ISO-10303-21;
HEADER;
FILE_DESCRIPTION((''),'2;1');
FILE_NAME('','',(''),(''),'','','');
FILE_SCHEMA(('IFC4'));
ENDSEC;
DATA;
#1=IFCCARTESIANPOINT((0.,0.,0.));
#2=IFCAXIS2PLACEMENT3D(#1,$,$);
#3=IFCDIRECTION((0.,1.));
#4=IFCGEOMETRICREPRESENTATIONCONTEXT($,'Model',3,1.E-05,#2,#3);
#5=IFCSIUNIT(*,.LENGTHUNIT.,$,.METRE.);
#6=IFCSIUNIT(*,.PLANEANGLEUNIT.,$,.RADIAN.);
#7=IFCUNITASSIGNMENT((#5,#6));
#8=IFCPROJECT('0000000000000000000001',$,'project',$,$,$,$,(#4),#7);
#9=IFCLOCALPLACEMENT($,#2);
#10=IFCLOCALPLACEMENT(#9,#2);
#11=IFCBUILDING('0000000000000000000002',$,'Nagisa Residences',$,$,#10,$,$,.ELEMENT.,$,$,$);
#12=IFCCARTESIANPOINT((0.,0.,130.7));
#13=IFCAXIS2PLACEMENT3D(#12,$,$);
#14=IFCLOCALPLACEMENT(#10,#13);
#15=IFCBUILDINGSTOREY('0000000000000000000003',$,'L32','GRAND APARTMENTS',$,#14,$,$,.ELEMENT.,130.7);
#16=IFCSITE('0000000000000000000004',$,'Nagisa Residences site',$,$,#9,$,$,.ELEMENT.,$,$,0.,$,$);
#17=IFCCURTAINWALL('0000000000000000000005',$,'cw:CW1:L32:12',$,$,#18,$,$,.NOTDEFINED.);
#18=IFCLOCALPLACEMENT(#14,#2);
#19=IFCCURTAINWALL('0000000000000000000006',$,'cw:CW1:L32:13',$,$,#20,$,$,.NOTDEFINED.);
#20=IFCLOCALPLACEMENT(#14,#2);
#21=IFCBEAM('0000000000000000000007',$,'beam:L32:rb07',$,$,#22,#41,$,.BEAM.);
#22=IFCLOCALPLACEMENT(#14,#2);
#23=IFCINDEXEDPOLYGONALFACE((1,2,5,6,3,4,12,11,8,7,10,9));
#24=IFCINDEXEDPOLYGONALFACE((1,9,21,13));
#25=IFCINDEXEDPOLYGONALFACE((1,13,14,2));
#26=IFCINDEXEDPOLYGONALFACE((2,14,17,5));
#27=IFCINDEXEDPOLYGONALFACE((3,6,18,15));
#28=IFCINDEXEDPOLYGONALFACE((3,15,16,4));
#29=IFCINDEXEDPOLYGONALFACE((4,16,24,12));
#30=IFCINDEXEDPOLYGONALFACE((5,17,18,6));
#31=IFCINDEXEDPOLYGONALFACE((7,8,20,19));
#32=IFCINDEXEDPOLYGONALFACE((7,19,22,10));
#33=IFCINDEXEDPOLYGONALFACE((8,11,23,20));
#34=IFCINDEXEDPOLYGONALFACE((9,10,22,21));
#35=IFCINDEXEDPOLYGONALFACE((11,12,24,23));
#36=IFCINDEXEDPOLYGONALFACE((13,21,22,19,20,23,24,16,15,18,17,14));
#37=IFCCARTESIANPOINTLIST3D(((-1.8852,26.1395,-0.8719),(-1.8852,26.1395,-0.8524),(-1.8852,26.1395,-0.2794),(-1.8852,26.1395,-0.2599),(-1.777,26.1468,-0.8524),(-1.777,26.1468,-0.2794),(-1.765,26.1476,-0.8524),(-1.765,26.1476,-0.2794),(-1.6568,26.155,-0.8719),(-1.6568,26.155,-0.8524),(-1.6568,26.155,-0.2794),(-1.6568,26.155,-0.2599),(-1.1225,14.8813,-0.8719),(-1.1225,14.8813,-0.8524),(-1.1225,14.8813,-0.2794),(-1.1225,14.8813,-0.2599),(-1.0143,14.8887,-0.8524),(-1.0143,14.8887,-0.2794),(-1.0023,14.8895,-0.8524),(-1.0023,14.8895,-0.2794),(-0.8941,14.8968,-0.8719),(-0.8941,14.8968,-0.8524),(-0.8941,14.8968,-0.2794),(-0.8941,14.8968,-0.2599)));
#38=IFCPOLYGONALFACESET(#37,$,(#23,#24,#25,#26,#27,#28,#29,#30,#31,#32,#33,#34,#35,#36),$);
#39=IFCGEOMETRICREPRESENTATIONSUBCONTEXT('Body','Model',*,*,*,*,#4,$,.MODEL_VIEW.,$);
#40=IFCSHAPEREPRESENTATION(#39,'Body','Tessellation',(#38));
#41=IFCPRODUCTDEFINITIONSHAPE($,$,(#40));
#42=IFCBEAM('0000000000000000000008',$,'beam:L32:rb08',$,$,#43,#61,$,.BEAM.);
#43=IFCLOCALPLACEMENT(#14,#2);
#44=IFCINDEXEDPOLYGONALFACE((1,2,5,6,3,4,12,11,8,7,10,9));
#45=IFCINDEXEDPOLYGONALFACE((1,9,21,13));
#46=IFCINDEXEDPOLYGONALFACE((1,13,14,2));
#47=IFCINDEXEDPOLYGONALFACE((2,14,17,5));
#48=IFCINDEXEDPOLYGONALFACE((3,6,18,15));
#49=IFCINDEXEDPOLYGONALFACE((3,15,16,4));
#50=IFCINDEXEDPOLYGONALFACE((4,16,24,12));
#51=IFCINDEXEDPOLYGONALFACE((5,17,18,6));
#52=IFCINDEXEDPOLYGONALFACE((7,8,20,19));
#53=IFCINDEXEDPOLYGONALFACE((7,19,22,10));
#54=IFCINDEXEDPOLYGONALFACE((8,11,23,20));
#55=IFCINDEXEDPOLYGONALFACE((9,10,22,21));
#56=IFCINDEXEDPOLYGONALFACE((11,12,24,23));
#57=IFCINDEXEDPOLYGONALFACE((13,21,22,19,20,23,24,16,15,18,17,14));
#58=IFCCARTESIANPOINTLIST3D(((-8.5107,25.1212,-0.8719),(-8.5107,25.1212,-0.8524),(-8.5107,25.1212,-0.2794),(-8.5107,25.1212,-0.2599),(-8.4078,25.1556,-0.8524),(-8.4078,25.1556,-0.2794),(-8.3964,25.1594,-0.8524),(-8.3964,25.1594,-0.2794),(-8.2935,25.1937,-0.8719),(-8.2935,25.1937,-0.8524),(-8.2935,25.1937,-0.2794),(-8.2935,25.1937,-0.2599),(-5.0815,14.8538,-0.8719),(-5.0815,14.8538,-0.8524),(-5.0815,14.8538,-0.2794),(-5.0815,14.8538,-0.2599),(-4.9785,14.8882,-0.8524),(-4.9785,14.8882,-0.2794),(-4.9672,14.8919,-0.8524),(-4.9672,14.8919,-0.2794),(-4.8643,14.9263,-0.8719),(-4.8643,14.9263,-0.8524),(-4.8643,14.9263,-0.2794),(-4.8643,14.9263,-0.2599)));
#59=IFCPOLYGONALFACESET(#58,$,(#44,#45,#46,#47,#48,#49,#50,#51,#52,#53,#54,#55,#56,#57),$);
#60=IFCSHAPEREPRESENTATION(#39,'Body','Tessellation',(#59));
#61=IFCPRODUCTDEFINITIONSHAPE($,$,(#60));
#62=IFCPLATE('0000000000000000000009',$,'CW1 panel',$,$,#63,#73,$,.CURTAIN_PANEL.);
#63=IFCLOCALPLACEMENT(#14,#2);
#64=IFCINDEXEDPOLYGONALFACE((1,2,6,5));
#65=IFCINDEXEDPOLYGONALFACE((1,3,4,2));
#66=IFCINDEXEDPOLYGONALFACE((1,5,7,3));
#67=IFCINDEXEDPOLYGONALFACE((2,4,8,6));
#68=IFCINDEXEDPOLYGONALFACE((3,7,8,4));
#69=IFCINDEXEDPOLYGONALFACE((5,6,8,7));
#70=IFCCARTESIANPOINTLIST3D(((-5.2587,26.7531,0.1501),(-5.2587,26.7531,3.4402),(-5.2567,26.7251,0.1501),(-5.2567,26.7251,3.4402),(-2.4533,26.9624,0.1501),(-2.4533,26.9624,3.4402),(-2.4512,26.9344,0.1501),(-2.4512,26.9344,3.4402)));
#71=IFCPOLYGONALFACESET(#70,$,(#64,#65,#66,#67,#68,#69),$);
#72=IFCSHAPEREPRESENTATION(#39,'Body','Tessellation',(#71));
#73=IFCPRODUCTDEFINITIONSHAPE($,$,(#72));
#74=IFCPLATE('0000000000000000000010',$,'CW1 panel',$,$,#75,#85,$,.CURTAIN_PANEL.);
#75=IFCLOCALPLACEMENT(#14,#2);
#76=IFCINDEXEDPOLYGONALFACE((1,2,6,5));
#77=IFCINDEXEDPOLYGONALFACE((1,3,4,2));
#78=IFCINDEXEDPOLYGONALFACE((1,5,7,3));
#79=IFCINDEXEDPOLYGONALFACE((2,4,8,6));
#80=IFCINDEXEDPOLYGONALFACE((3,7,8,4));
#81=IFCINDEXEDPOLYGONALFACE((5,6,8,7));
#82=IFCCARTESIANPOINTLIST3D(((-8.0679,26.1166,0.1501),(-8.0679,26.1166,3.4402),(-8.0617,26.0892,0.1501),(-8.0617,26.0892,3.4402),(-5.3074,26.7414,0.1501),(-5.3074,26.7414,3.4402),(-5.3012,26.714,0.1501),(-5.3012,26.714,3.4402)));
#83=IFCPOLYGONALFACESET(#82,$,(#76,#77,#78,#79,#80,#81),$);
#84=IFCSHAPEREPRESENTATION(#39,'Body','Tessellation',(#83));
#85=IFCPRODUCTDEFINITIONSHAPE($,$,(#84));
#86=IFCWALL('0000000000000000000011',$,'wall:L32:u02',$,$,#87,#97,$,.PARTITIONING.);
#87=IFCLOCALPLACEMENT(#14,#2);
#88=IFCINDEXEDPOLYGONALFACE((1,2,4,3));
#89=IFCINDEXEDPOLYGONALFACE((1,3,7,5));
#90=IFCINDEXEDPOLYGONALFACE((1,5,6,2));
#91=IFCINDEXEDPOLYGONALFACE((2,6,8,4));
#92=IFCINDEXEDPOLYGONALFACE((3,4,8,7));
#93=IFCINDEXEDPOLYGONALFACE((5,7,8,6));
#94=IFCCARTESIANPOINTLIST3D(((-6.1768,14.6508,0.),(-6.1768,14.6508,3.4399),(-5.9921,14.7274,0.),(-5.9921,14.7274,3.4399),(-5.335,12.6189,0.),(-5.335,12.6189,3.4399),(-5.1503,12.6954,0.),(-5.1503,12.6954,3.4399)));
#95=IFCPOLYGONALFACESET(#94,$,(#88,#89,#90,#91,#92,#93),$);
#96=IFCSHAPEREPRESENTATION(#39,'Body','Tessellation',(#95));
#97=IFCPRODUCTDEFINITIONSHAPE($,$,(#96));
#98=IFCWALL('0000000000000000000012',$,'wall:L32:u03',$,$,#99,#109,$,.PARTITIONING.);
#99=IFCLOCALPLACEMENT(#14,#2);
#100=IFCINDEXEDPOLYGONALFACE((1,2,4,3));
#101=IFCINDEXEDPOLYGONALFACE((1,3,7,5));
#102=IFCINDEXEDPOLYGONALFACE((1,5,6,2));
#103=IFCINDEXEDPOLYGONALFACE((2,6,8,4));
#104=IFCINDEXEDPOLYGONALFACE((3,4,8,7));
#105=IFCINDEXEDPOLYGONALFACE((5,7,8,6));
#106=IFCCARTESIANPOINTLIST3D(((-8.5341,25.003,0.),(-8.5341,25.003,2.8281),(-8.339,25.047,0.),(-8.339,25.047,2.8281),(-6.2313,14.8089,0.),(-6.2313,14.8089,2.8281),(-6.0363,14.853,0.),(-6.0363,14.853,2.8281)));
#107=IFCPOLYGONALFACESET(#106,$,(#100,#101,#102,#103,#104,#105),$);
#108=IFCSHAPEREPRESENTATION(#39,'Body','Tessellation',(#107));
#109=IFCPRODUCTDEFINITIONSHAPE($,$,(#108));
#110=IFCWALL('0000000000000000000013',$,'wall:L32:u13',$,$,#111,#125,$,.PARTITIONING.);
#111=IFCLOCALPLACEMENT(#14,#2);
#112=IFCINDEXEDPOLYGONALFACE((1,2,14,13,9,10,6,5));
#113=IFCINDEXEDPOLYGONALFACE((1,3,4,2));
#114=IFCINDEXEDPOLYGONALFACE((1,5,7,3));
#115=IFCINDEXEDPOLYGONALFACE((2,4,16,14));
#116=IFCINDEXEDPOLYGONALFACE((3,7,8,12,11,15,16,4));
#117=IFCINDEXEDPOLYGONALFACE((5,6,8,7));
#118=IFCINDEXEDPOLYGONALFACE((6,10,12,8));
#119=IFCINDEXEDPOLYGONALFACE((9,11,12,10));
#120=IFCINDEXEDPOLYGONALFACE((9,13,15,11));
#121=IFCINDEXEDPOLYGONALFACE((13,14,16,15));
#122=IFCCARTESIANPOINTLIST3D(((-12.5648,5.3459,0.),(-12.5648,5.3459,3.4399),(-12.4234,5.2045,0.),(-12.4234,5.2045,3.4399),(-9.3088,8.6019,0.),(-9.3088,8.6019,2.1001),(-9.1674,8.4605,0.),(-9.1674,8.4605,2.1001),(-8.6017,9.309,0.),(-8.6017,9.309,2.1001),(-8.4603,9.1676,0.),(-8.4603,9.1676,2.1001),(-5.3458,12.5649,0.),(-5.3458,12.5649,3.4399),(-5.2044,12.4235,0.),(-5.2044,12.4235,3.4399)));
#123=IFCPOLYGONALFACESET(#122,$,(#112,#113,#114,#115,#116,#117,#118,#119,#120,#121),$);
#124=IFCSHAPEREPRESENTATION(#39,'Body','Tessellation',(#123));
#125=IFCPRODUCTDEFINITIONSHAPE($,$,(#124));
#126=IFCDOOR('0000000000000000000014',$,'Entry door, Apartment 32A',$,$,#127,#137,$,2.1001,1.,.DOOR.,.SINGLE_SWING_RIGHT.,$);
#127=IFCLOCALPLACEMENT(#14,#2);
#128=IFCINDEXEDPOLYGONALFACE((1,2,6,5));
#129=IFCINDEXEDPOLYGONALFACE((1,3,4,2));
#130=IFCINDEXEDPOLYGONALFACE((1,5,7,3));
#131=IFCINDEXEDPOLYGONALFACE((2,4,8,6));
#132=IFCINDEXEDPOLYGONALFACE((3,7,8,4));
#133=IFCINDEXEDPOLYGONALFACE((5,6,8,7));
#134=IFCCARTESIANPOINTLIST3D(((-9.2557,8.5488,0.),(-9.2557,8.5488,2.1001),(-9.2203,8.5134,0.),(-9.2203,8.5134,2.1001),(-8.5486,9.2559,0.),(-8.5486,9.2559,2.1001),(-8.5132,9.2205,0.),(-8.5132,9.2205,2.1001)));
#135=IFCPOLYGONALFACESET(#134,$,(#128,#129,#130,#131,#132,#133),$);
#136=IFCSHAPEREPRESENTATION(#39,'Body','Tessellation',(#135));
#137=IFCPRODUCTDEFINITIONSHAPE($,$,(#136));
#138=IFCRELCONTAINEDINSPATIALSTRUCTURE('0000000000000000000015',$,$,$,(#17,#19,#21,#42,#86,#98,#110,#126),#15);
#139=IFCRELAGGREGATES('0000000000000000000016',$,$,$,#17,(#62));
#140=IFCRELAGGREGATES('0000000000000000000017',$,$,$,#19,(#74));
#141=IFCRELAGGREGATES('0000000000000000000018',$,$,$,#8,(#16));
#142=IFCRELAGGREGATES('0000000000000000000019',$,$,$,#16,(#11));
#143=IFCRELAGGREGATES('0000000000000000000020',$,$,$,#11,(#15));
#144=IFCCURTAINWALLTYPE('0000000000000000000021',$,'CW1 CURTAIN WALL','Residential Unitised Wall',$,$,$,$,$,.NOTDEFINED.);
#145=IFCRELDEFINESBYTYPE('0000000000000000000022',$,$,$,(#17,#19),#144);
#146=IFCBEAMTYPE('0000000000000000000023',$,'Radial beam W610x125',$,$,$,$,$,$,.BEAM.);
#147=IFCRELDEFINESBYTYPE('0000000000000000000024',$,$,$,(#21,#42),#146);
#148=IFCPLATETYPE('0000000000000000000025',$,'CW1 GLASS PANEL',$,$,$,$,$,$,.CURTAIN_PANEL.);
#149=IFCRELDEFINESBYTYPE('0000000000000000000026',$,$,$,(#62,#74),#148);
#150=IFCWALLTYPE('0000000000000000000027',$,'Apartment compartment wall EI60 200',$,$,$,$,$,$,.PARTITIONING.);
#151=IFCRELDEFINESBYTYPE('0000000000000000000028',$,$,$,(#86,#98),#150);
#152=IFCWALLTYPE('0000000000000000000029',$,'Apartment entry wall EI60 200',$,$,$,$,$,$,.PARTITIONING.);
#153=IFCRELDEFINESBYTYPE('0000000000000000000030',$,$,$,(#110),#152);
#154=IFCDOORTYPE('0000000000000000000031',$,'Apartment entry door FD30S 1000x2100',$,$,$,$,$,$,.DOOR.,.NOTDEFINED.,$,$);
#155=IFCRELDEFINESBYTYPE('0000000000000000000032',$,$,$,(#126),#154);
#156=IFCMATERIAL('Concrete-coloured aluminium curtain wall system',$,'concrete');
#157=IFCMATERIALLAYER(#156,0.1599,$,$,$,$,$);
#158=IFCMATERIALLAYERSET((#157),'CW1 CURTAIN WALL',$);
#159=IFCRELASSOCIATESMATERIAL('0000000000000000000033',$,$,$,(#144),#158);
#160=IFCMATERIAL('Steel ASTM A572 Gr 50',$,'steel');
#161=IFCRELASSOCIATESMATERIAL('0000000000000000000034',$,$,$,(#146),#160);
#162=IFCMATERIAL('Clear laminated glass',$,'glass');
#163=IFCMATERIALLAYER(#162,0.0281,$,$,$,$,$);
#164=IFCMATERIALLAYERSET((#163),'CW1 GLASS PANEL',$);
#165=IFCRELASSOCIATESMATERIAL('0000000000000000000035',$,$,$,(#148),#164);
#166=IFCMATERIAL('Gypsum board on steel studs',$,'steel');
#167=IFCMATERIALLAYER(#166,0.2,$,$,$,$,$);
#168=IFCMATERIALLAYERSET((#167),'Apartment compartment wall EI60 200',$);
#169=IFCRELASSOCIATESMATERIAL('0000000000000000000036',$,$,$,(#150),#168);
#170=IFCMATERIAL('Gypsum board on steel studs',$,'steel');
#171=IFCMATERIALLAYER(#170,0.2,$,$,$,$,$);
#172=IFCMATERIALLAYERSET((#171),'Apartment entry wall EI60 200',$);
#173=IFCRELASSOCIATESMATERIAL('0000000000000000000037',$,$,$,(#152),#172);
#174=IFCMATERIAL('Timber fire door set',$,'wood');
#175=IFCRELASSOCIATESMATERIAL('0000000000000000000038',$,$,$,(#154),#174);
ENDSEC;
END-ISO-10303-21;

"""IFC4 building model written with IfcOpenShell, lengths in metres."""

from ifc_helpers import new_model, si_unit, direction, frame, frame_2d, origin, origin_2d, place, context, subcontext, project, spatial, rectangle, i_section, extrude, material, layer, layer_set, material_profile, profile_set, type_object, element, fill, aggregate, save


model = new_model("IFC4")

# Units and contexts
model_context = context("Model", 3, precision=1e-05, world=origin(), true_north=direction((0.0, 1.0)))
body_context = subcontext(model_context, "Body", "Model", "MODEL_VIEW")
ifc_project = project(units=[si_unit("LENGTHUNIT", "METRE"), si_unit("PLANEANGLEUNIT", "RADIAN")], contexts=[model_context])

# Site, building, storey
site_placement = place(None, origin())
site = spatial("IfcSite", under=ifc_project, at=site_placement, Name="Nagisa Residences site", CompositionType="ELEMENT", RefElevation=0.0)
building_placement = place(site_placement, origin())
building = spatial("IfcBuilding", under=site, at=building_placement, Name="Nagisa Residences", CompositionType="ELEMENT")
storey_placement = place(building_placement, frame((0.0, 0.0, 130.7)))
storey = spatial("IfcBuildingStorey", under=building, at=storey_placement, Name="L32", Description="GRAND APARTMENTS", CompositionType="ELEMENT", Elevation=130.7)

# Curtain walls
ifc_material_1 = material(Name="Concrete-coloured aluminium curtain wall system", Category="concrete")
ifc_layer_1 = layer(ifc_material_1, 0.1599)
ifc_layer_set_1 = layer_set([ifc_layer_1], Name="CW1 CURTAIN WALL")
curtain_wall_type = type_object("IfcCurtainWallType", Name="CW1 CURTAIN WALL", Description="Residential Unitised Wall", PredefinedType="NOTDEFINED", material=ifc_layer_set_1)
curtain_wall_1_placement = place(storey_placement, origin())
curtain_wall_1 = element("IfcCurtainWall", 1, at=curtain_wall_1_placement, inside=storey, type_object=curtain_wall_type, Name="cw:CW1:L32:12", PredefinedType="NOTDEFINED")
curtain_wall_2_placement = place(storey_placement, origin())
curtain_wall_2 = element("IfcCurtainWall", 2, at=curtain_wall_2_placement, inside=storey, type_object=curtain_wall_type, Name="cw:CW1:L32:13", PredefinedType="NOTDEFINED")

# Beams
ifc_material_2 = material(Name="Steel ASTM A572 Gr 50", Category="steel")
ifc_material_profile_1 = material_profile(ifc_material_2, i_section(OverallWidth=0.229, OverallDepth=0.6121, WebThickness=0.012, FlangeThickness=0.0195, at=origin_2d()), Name="W610x125")
ifc_profile_set_1 = profile_set([ifc_material_profile_1], Name="Steel ASTM A572 Gr 50")
beam_type_1 = type_object("IfcBeamType", Name="Radial beam W610x125", PredefinedType="BEAM", material=ifc_profile_set_1)
beam_1_placement = place(storey_placement, frame((-1.771, 26.1472, -0.5659), z_axis=(0.067592, -0.997713, 0.0), x_axis=(0.997713, 0.067592, 0.0)))
element("IfcBeam", 3, at=beam_1_placement, inside=storey, type_object=beam_type_1, Name="beam:L32:rb07", PredefinedType="BEAM", context=body_context, shape_type="SweptSolid", body=[
    extrude(i_section(OverallWidth=0.229, OverallDepth=0.6121, WebThickness=0.012, FlangeThickness=0.0195, at=origin_2d()), origin(), (0.0, 0.0, 1.0), 11.2839),
])
beam_2_placement = place(storey_placement, frame((-8.4021, 25.1575, -0.5659), z_axis=(0.316789, -0.948496, 0.0), x_axis=(0.948496, 0.316789, 0.0)))
element("IfcBeam", 4, at=beam_2_placement, inside=storey, type_object=beam_type_1, Name="beam:L32:rb08", PredefinedType="BEAM", context=body_context, shape_type="SweptSolid", body=[
    extrude(i_section(OverallWidth=0.229, OverallDepth=0.6121, WebThickness=0.012, FlangeThickness=0.0195, at=origin_2d()), origin(), (0.0, 0.0, 1.0), 10.825),
])

# Plates
ifc_material_3 = material(Name="Clear laminated glass", Category="glass")
ifc_layer_2 = layer(ifc_material_3, 0.0281)
ifc_layer_set_2 = layer_set([ifc_layer_2], Name="CW1 GLASS PANEL")
plate_type = type_object("IfcPlateType", Name="CW1 GLASS PANEL", PredefinedType="CURTAIN_PANEL", material=ifc_layer_set_2)
plate_1_placement = place(storey_placement, frame((-3.855, 26.8438, 0.1501), z_axis=(0.0, 0.0, 1.0), x_axis=(-0.99723, -0.074377, 0.0)))
plate_1 = element("IfcPlate", 5, at=plate_1_placement, type_object=plate_type, Name="CW1 panel", PredefinedType="CURTAIN_PANEL", context=body_context, shape_type="SweptSolid", body=[
    extrude(rectangle(XDim=2.8132, YDim=0.0281, at=origin_2d()), origin(), (0.0, 0.0, 1.0), 3.29),
])
aggregate(curtain_wall_1, [plate_1])
plate_2_placement = place(storey_placement, frame((-6.6846, 26.4153, 0.1501), z_axis=(0.0, 0.0, 1.0), x_axis=(-0.975327, -0.220764, 0.0)))
plate_2 = element("IfcPlate", 6, at=plate_2_placement, type_object=plate_type, Name="CW1 panel", PredefinedType="CURTAIN_PANEL", context=body_context, shape_type="SweptSolid", body=[
    extrude(rectangle(XDim=2.8303, YDim=0.0281, at=origin_2d()), origin(), (0.0, 0.0, 1.0), 3.29),
])
aggregate(curtain_wall_2, [plate_2])

# Walls
ifc_material_4 = material(Name="Gypsum board on steel studs", Category="steel")
ifc_layer_3 = layer(ifc_material_4, 0.2)
ifc_layer_set_3 = layer_set([ifc_layer_3], Name="Apartment compartment wall EI60 200")
wall_type_1 = type_object("IfcWallType", Name="Apartment compartment wall EI60 200", PredefinedType="PARTITIONING", material=ifc_layer_set_3)
wall_1_placement = place(storey_placement, frame((-5.2427, 12.6572, 0.0), z_axis=(0.0, 0.0, 1.0), x_axis=(-0.382731, 0.92386, 0.0)))
element("IfcWall", 7, at=wall_1_placement, inside=storey, type_object=wall_type_1, Name="wall:L32:u02", PredefinedType="PARTITIONING", context=body_context, shape_type="SweptSolid", body=[
    extrude(rectangle(XDim=2.1995, YDim=0.2, at=frame_2d((1.0996, 0.0))), origin(), (0.0, 0.0, 1.0), 3.4399),
])
wall_2_placement = place(storey_placement, frame((-6.1338, 14.8308, 0.0), z_axis=(0.0, 0.0, 1.0), x_axis=(-0.220338, 0.975424, 0.0)))
element("IfcWall", 8, at=wall_2_placement, inside=storey, type_object=wall_type_1, Name="wall:L32:u03", PredefinedType="PARTITIONING", context=body_context, shape_type="SweptSolid", body=[
    extrude(rectangle(XDim=10.4509, YDim=0.2, at=frame_2d((5.2256, 0.0))), origin(), (0.0, 0.0, 1.0), 2.8281),
])

# Wall, opening, door
ifc_material_5 = material(Name="Gypsum board on steel studs", Category="steel")
ifc_layer_4 = layer(ifc_material_5, 0.2)
ifc_layer_set_4 = layer_set([ifc_layer_4], Name="Apartment entry wall EI60 200")
wall_type_2 = type_object("IfcWallType", Name="Apartment entry wall EI60 200", PredefinedType="PARTITIONING", material=ifc_layer_set_4)
wall_3_placement = place(storey_placement, frame((-5.2751, 12.4941, 0.0), z_axis=(0.0, 0.0, 1.0), x_axis=(-0.707107, -0.707107, 0.0)))
wall_3 = element("IfcWall", 9, at=wall_3_placement, inside=storey, type_object=wall_type_2, Name="wall:L32:u13", PredefinedType="PARTITIONING", context=body_context, shape_type="SweptSolid", body=[
    extrude(rectangle(XDim=10.2092, YDim=0.2, at=frame_2d((5.1045, 0.0))), origin(), (0.0, 0.0, 1.0), 3.4399),
])
opening_1_placement = place(wall_3_placement, frame((4.6045, 0.0, 0.0)))
opening_1 = element("IfcOpeningElement", 10, at=opening_1_placement, cuts=wall_3, PredefinedType="OPENING", context=body_context, shape_type="SweptSolid", body=[
    extrude(rectangle(XDim=1.0, YDim=2.1001, at=frame_2d((0.5, 1.05))), frame((0.0, 0.1099, 0.0), z_axis=(0.0, -1.0, 0.0), x_axis=(1.0, 0.0, 0.0)), (0.0, 0.0, 1.0), 0.22),
])
ifc_material_6 = material(Name="Timber fire door set", Category="wood")
door_type_1 = type_object("IfcDoorType", Name="Apartment entry door FD30S 1000x2100", OperationType="NOTDEFINED", PredefinedType="DOOR", material=ifc_material_6)
door_1_placement = place(opening_1_placement, frame((1.0, 0.0, 0.0), x_axis=(-1.0, 0.0, 0.0)))
door_1 = element("IfcDoor", 11, at=door_1_placement, inside=storey, type_object=door_type_1, Name="Entry door, Apartment 32A", OperationType="SINGLE_SWING_RIGHT", OverallHeight=2.1001, OverallWidth=1.0, PredefinedType="DOOR", context=body_context, shape_type="SweptSolid", body=[
    extrude(rectangle(XDim=1.0, YDim=2.1001, at=frame_2d((0.5, 1.05))), frame((0.0, 0.0249, 0.0), z_axis=(0.0, -1.0, 0.0), x_axis=(1.0, 0.0, 0.0)), (0.0, 0.0, 1.0), 0.05),
])
fill(opening_1, door_1)

save(model, "model.ifc")
